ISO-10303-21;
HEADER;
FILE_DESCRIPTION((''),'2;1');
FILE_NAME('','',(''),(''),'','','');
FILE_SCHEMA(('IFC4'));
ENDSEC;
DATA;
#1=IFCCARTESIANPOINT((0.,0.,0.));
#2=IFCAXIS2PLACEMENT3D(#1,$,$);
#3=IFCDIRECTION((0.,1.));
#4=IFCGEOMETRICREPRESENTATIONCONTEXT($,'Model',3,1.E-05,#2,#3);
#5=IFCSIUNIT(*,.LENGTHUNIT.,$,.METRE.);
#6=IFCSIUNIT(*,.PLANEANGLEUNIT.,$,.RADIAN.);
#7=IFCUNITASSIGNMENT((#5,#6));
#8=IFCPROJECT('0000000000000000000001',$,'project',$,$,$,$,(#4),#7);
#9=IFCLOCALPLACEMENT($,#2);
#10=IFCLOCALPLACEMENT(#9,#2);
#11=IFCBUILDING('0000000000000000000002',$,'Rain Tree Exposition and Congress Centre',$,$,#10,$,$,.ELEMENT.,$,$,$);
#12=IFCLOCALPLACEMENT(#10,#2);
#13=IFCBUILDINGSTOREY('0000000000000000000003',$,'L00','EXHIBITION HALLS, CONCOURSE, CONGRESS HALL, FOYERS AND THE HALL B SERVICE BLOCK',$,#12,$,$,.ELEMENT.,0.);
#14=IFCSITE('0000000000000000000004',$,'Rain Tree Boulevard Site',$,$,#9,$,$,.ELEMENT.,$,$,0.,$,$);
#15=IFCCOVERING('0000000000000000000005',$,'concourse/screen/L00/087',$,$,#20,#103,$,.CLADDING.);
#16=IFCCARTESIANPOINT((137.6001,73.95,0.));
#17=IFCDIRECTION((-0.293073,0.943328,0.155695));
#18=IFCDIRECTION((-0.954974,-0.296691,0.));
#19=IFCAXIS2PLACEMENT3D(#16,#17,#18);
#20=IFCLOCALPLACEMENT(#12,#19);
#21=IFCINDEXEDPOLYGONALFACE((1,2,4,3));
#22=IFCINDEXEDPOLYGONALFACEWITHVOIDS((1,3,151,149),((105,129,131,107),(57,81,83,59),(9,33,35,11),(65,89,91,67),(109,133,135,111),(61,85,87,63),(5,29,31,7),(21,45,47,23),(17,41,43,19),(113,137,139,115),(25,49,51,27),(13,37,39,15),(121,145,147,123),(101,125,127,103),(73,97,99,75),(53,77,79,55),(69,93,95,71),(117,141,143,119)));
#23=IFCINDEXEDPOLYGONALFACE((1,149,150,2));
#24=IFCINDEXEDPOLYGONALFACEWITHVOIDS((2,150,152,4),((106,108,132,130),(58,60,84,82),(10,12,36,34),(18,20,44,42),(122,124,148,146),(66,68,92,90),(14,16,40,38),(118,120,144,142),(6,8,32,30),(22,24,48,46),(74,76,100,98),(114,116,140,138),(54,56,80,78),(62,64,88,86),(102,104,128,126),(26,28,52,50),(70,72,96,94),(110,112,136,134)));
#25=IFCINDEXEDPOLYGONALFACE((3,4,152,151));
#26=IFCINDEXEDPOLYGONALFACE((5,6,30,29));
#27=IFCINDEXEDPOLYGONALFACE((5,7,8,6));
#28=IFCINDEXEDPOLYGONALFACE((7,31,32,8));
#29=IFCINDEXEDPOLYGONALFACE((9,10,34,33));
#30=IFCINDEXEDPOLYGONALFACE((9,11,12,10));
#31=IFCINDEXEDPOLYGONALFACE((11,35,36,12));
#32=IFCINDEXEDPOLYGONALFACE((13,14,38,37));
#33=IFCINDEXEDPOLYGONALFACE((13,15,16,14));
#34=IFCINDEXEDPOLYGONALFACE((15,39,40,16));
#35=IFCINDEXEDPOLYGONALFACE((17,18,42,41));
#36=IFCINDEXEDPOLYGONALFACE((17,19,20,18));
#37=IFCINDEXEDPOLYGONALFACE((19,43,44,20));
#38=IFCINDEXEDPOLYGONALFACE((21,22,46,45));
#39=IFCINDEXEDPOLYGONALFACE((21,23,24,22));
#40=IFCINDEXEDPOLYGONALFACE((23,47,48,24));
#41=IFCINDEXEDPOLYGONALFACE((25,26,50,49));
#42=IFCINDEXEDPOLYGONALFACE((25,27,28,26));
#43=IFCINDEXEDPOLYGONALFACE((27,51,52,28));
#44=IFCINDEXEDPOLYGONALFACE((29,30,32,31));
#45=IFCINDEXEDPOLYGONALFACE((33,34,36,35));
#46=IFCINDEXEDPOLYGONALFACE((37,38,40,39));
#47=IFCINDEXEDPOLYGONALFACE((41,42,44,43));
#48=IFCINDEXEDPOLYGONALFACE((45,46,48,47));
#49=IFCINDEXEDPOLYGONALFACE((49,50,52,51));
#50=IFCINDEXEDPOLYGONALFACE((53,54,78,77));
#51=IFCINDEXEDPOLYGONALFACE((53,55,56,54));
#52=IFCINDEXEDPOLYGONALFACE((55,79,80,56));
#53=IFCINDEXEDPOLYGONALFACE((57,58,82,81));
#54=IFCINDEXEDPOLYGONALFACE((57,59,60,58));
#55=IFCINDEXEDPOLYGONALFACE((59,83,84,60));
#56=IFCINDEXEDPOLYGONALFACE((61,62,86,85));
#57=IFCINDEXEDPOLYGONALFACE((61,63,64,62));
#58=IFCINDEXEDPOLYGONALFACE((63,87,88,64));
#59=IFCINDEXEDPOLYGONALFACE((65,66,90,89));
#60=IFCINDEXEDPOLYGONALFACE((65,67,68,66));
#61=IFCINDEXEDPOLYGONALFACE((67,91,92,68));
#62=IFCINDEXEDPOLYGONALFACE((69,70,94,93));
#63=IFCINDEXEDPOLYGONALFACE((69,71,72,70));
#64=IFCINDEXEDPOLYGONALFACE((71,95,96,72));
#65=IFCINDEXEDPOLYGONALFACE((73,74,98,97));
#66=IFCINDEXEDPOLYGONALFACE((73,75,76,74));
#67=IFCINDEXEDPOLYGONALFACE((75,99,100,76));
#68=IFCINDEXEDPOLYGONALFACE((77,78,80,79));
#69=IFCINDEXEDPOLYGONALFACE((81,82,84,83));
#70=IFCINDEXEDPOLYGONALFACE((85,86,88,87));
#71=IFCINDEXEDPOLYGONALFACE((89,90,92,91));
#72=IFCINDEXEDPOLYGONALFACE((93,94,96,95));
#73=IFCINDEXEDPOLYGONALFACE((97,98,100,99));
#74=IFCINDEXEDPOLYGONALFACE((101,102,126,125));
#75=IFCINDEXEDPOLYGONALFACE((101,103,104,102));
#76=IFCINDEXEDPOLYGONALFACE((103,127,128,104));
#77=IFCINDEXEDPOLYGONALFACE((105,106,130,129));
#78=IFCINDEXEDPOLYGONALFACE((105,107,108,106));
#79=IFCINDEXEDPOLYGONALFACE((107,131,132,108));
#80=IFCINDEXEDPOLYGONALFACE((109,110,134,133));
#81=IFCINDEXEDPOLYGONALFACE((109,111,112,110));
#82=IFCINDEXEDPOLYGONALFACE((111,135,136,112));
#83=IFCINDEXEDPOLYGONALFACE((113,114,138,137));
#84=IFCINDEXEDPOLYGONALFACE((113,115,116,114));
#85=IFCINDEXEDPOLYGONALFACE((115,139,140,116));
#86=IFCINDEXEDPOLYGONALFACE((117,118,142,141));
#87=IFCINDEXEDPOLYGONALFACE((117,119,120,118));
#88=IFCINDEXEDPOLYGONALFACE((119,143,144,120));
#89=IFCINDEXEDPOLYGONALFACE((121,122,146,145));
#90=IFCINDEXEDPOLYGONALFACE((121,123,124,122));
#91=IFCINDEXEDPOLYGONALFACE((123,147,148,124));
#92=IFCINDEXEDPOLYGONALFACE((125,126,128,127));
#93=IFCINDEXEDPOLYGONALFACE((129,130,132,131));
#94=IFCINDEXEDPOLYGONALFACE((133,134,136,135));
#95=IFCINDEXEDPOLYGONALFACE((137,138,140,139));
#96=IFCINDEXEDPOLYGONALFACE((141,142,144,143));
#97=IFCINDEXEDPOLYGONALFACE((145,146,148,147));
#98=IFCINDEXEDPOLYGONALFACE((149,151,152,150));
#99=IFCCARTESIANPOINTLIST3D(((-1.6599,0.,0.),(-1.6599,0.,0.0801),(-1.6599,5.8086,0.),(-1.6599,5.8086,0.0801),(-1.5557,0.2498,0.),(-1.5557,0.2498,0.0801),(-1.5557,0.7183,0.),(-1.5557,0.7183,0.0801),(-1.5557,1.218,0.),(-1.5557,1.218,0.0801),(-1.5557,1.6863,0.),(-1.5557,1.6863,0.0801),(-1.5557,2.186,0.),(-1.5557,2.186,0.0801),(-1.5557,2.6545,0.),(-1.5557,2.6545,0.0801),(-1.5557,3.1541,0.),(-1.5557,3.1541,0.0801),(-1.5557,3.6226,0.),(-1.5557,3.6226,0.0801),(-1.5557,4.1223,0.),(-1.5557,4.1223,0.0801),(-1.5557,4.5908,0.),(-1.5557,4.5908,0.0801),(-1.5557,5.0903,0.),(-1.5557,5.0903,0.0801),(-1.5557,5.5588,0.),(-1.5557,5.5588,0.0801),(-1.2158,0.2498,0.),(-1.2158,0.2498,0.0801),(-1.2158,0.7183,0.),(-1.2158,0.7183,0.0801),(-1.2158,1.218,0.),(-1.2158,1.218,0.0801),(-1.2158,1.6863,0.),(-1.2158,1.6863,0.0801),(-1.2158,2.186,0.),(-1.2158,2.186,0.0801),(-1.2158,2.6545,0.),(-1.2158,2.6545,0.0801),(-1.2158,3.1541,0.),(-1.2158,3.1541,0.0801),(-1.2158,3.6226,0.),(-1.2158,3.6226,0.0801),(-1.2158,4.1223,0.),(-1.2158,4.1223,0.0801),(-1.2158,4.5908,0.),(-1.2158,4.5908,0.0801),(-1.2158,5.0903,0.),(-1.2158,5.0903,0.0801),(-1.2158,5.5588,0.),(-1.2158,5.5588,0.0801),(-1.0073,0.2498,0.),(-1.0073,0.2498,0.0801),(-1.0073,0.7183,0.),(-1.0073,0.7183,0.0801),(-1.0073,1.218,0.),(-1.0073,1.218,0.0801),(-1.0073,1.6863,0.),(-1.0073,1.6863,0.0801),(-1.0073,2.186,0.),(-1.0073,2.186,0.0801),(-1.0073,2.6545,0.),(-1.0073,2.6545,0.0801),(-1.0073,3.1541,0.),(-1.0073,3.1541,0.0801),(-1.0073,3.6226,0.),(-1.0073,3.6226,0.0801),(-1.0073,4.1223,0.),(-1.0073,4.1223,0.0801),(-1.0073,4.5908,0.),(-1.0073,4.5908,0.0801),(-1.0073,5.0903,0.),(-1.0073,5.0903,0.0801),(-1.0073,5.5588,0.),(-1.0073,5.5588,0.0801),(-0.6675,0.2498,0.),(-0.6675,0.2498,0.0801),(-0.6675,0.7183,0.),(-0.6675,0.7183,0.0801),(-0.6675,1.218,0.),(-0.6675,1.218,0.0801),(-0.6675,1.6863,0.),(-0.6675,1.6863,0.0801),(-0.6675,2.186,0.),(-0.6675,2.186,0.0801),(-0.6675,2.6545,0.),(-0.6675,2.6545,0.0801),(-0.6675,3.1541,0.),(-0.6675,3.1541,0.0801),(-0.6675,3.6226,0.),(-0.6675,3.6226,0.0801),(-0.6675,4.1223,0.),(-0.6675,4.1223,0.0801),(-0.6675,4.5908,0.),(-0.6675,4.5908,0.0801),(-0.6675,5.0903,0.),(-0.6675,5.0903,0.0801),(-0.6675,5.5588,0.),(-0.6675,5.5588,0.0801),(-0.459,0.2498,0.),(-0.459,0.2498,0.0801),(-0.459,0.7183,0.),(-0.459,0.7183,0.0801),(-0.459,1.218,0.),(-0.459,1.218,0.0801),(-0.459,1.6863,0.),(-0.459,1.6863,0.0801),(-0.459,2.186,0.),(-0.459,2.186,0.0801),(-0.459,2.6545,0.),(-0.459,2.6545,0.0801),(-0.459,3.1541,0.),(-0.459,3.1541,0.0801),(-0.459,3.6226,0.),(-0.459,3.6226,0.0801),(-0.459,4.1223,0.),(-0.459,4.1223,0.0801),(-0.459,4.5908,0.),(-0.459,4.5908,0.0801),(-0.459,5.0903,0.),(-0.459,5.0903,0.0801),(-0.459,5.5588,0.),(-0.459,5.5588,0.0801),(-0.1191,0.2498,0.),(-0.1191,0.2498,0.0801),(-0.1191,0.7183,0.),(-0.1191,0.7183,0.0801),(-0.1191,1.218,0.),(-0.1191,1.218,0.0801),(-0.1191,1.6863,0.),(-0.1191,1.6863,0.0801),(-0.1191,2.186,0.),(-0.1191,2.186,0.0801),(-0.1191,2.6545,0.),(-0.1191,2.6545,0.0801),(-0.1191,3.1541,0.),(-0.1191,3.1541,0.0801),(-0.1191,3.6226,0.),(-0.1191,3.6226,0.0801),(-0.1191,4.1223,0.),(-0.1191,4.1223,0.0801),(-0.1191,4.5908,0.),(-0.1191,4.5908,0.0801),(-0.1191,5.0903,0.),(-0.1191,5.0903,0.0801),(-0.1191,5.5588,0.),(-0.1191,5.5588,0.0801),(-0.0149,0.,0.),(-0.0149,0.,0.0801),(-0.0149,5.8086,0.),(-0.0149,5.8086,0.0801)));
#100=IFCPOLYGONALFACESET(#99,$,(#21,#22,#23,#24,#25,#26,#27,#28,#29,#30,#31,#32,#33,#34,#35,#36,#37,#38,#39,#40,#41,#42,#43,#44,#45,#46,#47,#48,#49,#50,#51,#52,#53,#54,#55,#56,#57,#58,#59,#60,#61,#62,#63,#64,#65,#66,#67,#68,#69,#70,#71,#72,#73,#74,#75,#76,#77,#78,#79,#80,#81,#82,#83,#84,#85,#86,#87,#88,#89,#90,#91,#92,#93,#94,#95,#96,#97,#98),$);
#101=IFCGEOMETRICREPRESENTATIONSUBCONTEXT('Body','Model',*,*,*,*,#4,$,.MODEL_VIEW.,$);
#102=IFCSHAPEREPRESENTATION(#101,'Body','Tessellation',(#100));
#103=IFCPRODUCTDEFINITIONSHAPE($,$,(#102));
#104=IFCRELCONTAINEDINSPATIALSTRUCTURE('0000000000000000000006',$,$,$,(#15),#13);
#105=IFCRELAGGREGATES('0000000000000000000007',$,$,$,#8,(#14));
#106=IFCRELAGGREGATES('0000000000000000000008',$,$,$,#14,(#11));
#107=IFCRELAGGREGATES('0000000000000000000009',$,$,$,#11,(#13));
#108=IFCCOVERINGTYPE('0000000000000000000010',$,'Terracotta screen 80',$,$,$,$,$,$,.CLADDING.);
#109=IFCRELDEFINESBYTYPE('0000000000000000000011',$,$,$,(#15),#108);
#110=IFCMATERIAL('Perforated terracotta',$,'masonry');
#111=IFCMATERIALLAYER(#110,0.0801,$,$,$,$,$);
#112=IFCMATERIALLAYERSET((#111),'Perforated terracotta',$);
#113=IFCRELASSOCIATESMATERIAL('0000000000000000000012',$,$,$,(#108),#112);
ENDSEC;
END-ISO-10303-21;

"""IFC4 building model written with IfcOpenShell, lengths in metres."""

from ifc_helpers import new_model, si_unit, direction, frame, origin, place, context, subcontext, project, spatial, polyline, outline, extrude, material, layer, layer_set, type_object, element, save


model = new_model("IFC4")

# Units and contexts
model_context = context("Model", 3, precision=1e-05, world=origin(), true_north=direction((0.0, 1.0)))
body_context = subcontext(model_context, "Body", "Model", "MODEL_VIEW")
ifc_project = project(units=[si_unit("LENGTHUNIT", "METRE"), si_unit("PLANEANGLEUNIT", "RADIAN")], contexts=[model_context])

# Site, building, storey
site_placement = place(None, origin())
site = spatial("IfcSite", under=ifc_project, at=site_placement, Name="Rain Tree Boulevard Site", CompositionType="ELEMENT", RefElevation=0.0)
building_placement = place(site_placement, origin())
building = spatial("IfcBuilding", under=site, at=building_placement, Name="Rain Tree Exposition and Congress Centre", CompositionType="ELEMENT")
storey_placement = place(building_placement, origin())
storey = spatial("IfcBuildingStorey", under=building, at=storey_placement, Name="L00", Description="EXHIBITION HALLS, CONCOURSE, CONGRESS HALL, FOYERS AND THE HALL B SERVICE BLOCK", CompositionType="ELEMENT", Elevation=0.0)

# Covering
ifc_material_1 = material(Name="Perforated terracotta", Category="masonry")
ifc_layer_1 = layer(ifc_material_1, 0.0801)
ifc_layer_set_1 = layer_set([ifc_layer_1], Name="Perforated terracotta")
covering_type = type_object("IfcCoveringType", Name="Terracotta screen 80", PredefinedType="CLADDING", material=ifc_layer_set_1)
covering_1_placement = place(storey_placement, frame((137.6001, 73.95, 0.0), z_axis=(-0.293073, 0.943328, 0.155695), x_axis=(-0.954974, -0.296691, 0.0)))
element("IfcCovering", 1, at=covering_1_placement, inside=storey, type_object=covering_type, Name="concourse/screen/L00/087", PredefinedType="CLADDING", context=body_context, shape_type="SweptSolid", body=[
    extrude(outline(polyline([(-0.0149, 0.0), (-1.6599, 0.0), (-1.6599, 5.8086), (-0.0149, 5.8086), (-0.0149, 0.0)]), holes=[polyline([(-0.1191, 0.2498), (-0.1191, 0.7183), (-0.459, 0.7183), (-0.459, 0.2498), (-0.1191, 0.2498)]), polyline([(-0.1191, 1.218), (-0.1191, 1.6863), (-0.459, 1.6863), (-0.459, 1.218), (-0.1191, 1.218)]), polyline([(-0.1191, 2.186), (-0.1191, 2.6545), (-0.459, 2.6545), (-0.459, 2.186), (-0.1191, 2.186)]), polyline([(-0.1191, 3.1541), (-0.1191, 3.6226), (-0.459, 3.6226), (-0.459, 3.1541), (-0.1191, 3.1541)]), polyline([(-0.1191, 4.1223), (-0.1191, 4.5908), (-0.459, 4.5908), (-0.459, 4.1223), (-0.1191, 4.1223)]), polyline([(-0.1191, 5.0903), (-0.1191, 5.5588), (-0.459, 5.5588), (-0.459, 5.0903), (-0.1191, 5.0903)]), polyline([(-0.6675, 0.2498), (-0.6675, 0.7183), (-1.0073, 0.7183), (-1.0073, 0.2498), (-0.6675, 0.2498)]), polyline([(-0.6675, 1.218), (-0.6675, 1.6863), (-1.0073, 1.6863), (-1.0073, 1.218), (-0.6675, 1.218)]), polyline([(-0.6675, 2.186), (-0.6675, 2.6545), (-1.0073, 2.6545), (-1.0073, 2.186), (-0.6675, 2.186)]), polyline([(-0.6675, 3.1541), (-0.6675, 3.6226), (-1.0073, 3.6226), (-1.0073, 3.1541), (-0.6675, 3.1541)]), polyline([(-0.6675, 4.1223), (-0.6675, 4.5908), (-1.0073, 4.5908), (-1.0073, 4.1223), (-0.6675, 4.1223)]), polyline([(-0.6675, 5.0903), (-0.6675, 5.5588), (-1.0073, 5.5588), (-1.0073, 5.0903), (-0.6675, 5.0903)]), polyline([(-1.2158, 0.2498), (-1.2158, 0.7183), (-1.5557, 0.7183), (-1.5557, 0.2498), (-1.2158, 0.2498)]), polyline([(-1.2158, 1.218), (-1.2158, 1.6863), (-1.5557, 1.6863), (-1.5557, 1.218), (-1.2158, 1.218)]), polyline([(-1.2158, 2.186), (-1.2158, 2.6545), (-1.5557, 2.6545), (-1.5557, 2.186), (-1.2158, 2.186)]), polyline([(-1.2158, 3.1541), (-1.2158, 3.6226), (-1.5557, 3.6226), (-1.5557, 3.1541), (-1.2158, 3.1541)]), polyline([(-1.2158, 4.1223), (-1.2158, 4.5908), (-1.5557, 4.5908), (-1.5557, 4.1223), (-1.2158, 4.1223)]), polyline([(-1.2158, 5.0903), (-1.2158, 5.5588), (-1.5557, 5.5588), (-1.5557, 5.0903), (-1.2158, 5.0903)])]), origin(), (0.0, 0.0, 1.0), 0.0801),
])

save(model, "model.ifc")
